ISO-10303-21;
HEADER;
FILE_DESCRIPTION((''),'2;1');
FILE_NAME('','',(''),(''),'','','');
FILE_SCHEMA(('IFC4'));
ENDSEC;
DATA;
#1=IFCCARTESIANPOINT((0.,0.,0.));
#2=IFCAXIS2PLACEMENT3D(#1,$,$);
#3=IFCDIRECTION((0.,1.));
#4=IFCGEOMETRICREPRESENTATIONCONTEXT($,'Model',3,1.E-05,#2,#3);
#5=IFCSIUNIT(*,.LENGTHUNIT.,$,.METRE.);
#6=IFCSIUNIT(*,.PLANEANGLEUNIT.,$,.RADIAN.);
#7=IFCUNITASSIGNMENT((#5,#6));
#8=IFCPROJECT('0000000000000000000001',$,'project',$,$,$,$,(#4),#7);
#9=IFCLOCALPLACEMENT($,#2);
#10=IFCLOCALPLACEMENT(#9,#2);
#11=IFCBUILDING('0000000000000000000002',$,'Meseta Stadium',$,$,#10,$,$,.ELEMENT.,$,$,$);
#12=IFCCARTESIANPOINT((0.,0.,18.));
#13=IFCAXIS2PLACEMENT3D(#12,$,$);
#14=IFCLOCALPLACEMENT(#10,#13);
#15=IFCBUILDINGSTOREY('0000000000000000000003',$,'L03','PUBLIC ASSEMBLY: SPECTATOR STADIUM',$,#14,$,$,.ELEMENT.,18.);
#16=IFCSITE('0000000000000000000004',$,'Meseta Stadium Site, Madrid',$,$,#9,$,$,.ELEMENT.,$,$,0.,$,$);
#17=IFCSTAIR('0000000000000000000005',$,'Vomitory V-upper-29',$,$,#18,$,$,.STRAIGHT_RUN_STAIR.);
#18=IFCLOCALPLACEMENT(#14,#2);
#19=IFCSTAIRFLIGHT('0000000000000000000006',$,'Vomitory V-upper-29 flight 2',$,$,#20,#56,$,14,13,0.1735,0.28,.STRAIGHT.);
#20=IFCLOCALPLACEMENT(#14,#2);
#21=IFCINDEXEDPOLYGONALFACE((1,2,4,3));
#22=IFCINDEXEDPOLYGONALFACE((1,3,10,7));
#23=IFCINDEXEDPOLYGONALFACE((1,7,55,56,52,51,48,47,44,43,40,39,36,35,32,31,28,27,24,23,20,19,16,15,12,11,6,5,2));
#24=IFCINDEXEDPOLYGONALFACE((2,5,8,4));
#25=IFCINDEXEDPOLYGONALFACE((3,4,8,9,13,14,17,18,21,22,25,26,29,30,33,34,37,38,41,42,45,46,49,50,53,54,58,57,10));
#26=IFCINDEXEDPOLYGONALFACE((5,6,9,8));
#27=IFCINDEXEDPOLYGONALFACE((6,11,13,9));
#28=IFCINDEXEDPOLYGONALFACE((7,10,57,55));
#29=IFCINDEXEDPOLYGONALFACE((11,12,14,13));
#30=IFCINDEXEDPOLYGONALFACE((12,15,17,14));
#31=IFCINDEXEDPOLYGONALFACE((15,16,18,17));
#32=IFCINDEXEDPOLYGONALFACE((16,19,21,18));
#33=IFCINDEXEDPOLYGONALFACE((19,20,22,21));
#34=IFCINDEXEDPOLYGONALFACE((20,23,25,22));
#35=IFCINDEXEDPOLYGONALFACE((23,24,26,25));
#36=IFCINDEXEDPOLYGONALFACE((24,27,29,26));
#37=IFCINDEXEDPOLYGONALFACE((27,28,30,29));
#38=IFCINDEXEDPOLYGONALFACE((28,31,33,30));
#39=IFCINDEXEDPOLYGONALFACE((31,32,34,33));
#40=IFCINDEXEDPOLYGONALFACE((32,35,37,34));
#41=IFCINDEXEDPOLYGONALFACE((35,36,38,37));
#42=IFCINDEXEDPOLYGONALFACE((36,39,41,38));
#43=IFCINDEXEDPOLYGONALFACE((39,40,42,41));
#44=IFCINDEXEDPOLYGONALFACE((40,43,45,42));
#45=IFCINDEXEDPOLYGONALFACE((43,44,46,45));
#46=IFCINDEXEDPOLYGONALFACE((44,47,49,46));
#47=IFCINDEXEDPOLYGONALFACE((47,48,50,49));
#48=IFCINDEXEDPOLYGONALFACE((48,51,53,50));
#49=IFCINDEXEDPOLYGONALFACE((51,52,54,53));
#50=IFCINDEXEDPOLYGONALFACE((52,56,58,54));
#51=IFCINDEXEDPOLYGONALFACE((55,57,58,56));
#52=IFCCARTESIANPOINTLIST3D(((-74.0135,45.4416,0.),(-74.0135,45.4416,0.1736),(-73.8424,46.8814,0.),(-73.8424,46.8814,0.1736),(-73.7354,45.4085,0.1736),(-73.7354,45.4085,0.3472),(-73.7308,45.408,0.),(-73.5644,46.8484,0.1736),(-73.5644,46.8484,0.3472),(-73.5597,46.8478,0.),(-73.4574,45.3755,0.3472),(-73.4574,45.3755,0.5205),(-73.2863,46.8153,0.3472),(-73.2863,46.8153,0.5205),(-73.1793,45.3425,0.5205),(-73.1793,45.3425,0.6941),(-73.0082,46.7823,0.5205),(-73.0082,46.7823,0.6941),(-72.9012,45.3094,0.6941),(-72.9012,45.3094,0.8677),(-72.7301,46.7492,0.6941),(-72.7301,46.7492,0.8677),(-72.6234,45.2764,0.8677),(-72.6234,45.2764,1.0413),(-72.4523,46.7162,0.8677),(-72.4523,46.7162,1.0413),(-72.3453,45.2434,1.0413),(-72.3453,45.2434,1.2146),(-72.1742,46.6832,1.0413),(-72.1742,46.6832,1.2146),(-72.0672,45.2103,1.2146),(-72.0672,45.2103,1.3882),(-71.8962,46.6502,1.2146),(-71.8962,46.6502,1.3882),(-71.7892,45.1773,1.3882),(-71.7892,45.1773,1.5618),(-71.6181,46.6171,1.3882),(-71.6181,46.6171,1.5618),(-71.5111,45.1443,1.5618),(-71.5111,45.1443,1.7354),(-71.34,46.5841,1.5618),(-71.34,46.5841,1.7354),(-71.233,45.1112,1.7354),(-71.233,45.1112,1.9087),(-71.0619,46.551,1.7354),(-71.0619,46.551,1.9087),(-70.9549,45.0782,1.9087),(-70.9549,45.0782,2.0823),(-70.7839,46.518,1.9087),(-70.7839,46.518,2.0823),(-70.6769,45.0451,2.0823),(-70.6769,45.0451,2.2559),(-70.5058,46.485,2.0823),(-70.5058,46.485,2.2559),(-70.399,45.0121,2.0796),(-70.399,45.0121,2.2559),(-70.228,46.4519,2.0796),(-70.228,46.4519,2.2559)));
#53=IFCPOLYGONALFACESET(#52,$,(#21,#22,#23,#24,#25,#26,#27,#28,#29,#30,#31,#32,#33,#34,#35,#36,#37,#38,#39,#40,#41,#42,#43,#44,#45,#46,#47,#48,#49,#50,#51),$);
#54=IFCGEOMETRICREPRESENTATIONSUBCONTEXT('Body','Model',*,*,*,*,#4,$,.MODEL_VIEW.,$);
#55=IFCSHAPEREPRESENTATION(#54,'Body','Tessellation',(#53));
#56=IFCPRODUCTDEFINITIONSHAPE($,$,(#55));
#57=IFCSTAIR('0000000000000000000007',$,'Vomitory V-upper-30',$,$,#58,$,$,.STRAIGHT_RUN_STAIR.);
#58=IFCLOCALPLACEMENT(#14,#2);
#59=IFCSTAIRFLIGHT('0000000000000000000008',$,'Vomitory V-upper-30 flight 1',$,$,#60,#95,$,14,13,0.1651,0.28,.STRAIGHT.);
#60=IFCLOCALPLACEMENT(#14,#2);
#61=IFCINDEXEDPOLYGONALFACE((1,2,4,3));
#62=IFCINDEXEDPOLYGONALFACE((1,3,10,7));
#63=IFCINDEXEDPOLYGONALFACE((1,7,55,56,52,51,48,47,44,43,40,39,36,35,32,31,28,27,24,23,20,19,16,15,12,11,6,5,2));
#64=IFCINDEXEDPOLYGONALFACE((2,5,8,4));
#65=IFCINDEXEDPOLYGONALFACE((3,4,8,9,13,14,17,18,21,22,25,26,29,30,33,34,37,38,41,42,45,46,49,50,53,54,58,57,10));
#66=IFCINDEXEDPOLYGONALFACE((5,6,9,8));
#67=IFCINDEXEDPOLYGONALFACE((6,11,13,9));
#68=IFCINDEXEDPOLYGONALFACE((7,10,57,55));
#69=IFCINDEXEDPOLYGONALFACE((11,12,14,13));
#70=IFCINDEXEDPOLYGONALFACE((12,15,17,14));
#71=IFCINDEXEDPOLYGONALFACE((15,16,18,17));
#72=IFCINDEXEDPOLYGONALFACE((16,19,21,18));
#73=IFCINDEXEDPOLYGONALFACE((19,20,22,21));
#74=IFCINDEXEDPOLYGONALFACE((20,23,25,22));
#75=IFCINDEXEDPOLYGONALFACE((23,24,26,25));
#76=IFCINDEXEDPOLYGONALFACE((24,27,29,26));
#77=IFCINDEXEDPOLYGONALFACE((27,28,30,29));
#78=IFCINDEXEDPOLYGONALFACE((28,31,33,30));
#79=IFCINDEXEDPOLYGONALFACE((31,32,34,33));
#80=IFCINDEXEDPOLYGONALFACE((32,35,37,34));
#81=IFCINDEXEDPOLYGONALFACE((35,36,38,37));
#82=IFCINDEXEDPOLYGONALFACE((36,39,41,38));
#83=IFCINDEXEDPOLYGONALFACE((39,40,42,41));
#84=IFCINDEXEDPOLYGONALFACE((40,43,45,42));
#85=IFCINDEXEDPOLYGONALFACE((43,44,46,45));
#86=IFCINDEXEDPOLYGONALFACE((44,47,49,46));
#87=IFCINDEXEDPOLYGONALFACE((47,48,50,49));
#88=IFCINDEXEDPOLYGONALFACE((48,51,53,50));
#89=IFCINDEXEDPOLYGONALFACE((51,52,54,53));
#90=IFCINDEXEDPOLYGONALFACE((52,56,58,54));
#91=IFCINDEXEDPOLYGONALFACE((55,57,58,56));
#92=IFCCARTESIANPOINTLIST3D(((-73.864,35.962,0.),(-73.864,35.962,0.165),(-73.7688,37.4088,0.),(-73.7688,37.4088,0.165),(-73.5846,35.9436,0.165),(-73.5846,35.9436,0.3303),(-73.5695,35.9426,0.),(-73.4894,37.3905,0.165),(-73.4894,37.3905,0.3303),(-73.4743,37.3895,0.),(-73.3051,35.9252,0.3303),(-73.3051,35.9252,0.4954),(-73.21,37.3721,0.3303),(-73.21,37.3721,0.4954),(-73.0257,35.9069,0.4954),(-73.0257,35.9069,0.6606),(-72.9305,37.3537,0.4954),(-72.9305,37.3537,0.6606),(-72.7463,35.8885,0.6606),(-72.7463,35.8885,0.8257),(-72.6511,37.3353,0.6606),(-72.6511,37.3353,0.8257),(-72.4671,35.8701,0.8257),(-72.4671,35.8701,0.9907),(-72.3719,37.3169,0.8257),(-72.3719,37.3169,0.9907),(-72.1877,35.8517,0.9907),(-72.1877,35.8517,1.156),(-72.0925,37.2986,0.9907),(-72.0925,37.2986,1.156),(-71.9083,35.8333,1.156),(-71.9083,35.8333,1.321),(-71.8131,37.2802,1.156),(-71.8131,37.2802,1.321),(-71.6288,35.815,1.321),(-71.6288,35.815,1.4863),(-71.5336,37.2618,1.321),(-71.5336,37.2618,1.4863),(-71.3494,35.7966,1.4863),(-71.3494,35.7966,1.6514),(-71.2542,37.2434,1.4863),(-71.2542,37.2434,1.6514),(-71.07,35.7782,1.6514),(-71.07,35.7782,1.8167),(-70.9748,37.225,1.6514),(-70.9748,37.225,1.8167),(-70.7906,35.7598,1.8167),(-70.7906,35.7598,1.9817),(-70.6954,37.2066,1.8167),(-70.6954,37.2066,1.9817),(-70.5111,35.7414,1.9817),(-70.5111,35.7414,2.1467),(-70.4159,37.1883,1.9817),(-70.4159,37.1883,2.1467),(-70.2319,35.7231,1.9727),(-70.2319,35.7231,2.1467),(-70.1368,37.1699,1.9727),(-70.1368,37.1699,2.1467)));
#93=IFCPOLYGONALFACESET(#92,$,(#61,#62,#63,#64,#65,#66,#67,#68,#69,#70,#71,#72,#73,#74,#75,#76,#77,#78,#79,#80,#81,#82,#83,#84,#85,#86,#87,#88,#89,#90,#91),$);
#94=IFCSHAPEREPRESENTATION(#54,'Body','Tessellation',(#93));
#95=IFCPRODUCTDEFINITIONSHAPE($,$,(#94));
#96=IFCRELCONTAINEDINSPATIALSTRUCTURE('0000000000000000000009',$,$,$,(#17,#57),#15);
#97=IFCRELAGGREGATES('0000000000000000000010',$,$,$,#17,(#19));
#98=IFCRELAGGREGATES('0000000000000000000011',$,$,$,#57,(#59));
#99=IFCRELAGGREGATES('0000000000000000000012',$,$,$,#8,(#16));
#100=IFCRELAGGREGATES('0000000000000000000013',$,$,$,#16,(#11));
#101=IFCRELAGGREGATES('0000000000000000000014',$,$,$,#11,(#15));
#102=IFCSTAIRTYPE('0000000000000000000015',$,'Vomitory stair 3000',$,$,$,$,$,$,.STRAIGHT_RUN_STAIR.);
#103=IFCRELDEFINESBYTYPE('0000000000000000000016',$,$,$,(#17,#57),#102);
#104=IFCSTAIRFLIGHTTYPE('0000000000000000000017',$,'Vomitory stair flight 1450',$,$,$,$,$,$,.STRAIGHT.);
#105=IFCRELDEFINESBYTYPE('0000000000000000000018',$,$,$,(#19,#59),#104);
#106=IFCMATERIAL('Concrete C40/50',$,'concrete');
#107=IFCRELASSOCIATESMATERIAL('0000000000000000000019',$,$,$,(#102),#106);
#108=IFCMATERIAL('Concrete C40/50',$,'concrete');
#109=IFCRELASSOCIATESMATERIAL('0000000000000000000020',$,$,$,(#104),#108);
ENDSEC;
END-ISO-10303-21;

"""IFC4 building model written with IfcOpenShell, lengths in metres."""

from ifc_helpers import new_model, si_unit, direction, frame, origin, place, context, subcontext, project, spatial, polyline, outline, extrude, material, type_object, element, aggregate, save


model = new_model("IFC4")

# Units and contexts
model_context = context("Model", 3, precision=1e-05, world=origin(), true_north=direction((0.0, 1.0)))
body_context = subcontext(model_context, "Body", "Model", "MODEL_VIEW")
ifc_project = project(units=[si_unit("LENGTHUNIT", "METRE"), si_unit("PLANEANGLEUNIT", "RADIAN")], contexts=[model_context])

# Site, building, storey
site_placement = place(None, origin())
site = spatial("IfcSite", under=ifc_project, at=site_placement, Name="Meseta Stadium Site, Madrid", CompositionType="ELEMENT", RefElevation=0.0)
building_placement = place(site_placement, origin())
building = spatial("IfcBuilding", under=site, at=building_placement, Name="Meseta Stadium", CompositionType="ELEMENT")
storey_placement = place(building_placement, frame((0.0, 0.0, 18.0)))
storey = spatial("IfcBuildingStorey", under=building, at=storey_placement, Name="L03", Description="PUBLIC ASSEMBLY: SPECTATOR STADIUM", CompositionType="ELEMENT", Elevation=18.0)

# Stair, stair flight
ifc_material_1 = material(Name="Concrete C40/50", Category="concrete")
stair_type = type_object("IfcStairType", Name="Vomitory stair 3000", PredefinedType="STRAIGHT_RUN_STAIR", material=ifc_material_1)
stair_1_placement = place(storey_placement, origin())
stair_1 = element("IfcStair", 1, at=stair_1_placement, inside=storey, type_object=stair_type, Name="Vomitory V-upper-29", PredefinedType="STRAIGHT_RUN_STAIR")
ifc_material_2 = material(Name="Concrete C40/50", Category="concrete")
stair_flight_type = type_object("IfcStairFlightType", Name="Vomitory stair flight 1450", PredefinedType="STRAIGHT", material=ifc_material_2)
stair_flight_1_placement = place(storey_placement, frame((-73.928, 46.1614, 0.0), z_axis=(0.0, 0.0, 1.0), x_axis=(0.993015, -0.117988, 0.0)))
stair_flight_1 = element("IfcStairFlight", 2, at=stair_flight_1_placement, type_object=stair_flight_type, Name="Vomitory V-upper-29 flight 2", NumberOfRisers=14, NumberOfTreads=13, PredefinedType="STRAIGHT", RiserHeight=0.1735, TreadLength=0.28, context=body_context, shape_type="SweptSolid", body=[
    extrude(outline(polyline([(0.0, 0.0), (0.0, 0.1736), (0.28, 0.1736), (0.28, 0.3472), (0.5601, 0.3472), (0.5601, 0.5205), (0.8401, 0.5205), (0.8401, 0.6941), (1.1201, 0.6941), (1.1201, 0.8677), (1.3999, 0.8677), (1.3999, 1.0413), (1.6799, 1.0413), (1.6799, 1.2146), (1.96, 1.2146), (1.96, 1.3882), (2.24, 1.3882), (2.24, 1.5618), (2.52, 1.5618), (2.52, 1.7354), (2.8, 1.7354), (2.8, 1.9087), (3.0801, 1.9087), (3.0801, 2.0823), (3.3601, 2.0823), (3.3601, 2.2559), (3.6399, 2.2559), (3.6399, 2.0796), (0.2847, 0.0), (0.0, 0.0)])), frame((0.0, 0.7251, 0.0), z_axis=(0.0, -1.0, 0.0), x_axis=(1.0, 0.0, 0.0)), (0.0, 0.0, 1.0), 1.45),
])
aggregate(stair_1, [stair_flight_1])

# Stair, stair flight
stair_2_placement = place(storey_placement, origin())
stair_2 = element("IfcStair", 3, at=stair_2_placement, inside=storey, type_object=stair_type, Name="Vomitory V-upper-30", PredefinedType="STRAIGHT_RUN_STAIR")
stair_flight_2_placement = place(storey_placement, frame((-73.8164, 36.6853, 0.0), z_axis=(0.0, 0.0, 1.0), x_axis=(0.997843, -0.065647, 0.0)))
stair_flight_2 = element("IfcStairFlight", 4, at=stair_flight_2_placement, type_object=stair_flight_type, Name="Vomitory V-upper-30 flight 1", NumberOfRisers=14, NumberOfTreads=13, PredefinedType="STRAIGHT", RiserHeight=0.1651, TreadLength=0.28, context=body_context, shape_type="SweptSolid", body=[
    extrude(outline(polyline([(0.0, 0.0), (0.0, 0.165), (0.28, 0.165), (0.28, 0.3303), (0.5601, 0.3303), (0.5601, 0.4954), (0.8401, 0.4954), (0.8401, 0.6606), (1.1201, 0.6606), (1.1201, 0.8257), (1.3999, 0.8257), (1.3999, 0.9907), (1.6799, 0.9907), (1.6799, 1.156), (1.96, 1.156), (1.96, 1.321), (2.24, 1.321), (2.24, 1.4863), (2.52, 1.4863), (2.52, 1.6514), (2.8, 1.6514), (2.8, 1.8167), (3.0801, 1.8167), (3.0801, 1.9817), (3.3601, 1.9817), (3.3601, 2.1467), (3.6399, 2.1467), (3.6399, 1.9727), (0.2952, 0.0), (0.0, 0.0)])), frame((0.0, 0.7251, 0.0), z_axis=(0.0, -1.0, 0.0), x_axis=(1.0, 0.0, 0.0)), (0.0, 0.0, 1.0), 1.45),
])
aggregate(stair_2, [stair_flight_2])

save(model, "model.ifc")
